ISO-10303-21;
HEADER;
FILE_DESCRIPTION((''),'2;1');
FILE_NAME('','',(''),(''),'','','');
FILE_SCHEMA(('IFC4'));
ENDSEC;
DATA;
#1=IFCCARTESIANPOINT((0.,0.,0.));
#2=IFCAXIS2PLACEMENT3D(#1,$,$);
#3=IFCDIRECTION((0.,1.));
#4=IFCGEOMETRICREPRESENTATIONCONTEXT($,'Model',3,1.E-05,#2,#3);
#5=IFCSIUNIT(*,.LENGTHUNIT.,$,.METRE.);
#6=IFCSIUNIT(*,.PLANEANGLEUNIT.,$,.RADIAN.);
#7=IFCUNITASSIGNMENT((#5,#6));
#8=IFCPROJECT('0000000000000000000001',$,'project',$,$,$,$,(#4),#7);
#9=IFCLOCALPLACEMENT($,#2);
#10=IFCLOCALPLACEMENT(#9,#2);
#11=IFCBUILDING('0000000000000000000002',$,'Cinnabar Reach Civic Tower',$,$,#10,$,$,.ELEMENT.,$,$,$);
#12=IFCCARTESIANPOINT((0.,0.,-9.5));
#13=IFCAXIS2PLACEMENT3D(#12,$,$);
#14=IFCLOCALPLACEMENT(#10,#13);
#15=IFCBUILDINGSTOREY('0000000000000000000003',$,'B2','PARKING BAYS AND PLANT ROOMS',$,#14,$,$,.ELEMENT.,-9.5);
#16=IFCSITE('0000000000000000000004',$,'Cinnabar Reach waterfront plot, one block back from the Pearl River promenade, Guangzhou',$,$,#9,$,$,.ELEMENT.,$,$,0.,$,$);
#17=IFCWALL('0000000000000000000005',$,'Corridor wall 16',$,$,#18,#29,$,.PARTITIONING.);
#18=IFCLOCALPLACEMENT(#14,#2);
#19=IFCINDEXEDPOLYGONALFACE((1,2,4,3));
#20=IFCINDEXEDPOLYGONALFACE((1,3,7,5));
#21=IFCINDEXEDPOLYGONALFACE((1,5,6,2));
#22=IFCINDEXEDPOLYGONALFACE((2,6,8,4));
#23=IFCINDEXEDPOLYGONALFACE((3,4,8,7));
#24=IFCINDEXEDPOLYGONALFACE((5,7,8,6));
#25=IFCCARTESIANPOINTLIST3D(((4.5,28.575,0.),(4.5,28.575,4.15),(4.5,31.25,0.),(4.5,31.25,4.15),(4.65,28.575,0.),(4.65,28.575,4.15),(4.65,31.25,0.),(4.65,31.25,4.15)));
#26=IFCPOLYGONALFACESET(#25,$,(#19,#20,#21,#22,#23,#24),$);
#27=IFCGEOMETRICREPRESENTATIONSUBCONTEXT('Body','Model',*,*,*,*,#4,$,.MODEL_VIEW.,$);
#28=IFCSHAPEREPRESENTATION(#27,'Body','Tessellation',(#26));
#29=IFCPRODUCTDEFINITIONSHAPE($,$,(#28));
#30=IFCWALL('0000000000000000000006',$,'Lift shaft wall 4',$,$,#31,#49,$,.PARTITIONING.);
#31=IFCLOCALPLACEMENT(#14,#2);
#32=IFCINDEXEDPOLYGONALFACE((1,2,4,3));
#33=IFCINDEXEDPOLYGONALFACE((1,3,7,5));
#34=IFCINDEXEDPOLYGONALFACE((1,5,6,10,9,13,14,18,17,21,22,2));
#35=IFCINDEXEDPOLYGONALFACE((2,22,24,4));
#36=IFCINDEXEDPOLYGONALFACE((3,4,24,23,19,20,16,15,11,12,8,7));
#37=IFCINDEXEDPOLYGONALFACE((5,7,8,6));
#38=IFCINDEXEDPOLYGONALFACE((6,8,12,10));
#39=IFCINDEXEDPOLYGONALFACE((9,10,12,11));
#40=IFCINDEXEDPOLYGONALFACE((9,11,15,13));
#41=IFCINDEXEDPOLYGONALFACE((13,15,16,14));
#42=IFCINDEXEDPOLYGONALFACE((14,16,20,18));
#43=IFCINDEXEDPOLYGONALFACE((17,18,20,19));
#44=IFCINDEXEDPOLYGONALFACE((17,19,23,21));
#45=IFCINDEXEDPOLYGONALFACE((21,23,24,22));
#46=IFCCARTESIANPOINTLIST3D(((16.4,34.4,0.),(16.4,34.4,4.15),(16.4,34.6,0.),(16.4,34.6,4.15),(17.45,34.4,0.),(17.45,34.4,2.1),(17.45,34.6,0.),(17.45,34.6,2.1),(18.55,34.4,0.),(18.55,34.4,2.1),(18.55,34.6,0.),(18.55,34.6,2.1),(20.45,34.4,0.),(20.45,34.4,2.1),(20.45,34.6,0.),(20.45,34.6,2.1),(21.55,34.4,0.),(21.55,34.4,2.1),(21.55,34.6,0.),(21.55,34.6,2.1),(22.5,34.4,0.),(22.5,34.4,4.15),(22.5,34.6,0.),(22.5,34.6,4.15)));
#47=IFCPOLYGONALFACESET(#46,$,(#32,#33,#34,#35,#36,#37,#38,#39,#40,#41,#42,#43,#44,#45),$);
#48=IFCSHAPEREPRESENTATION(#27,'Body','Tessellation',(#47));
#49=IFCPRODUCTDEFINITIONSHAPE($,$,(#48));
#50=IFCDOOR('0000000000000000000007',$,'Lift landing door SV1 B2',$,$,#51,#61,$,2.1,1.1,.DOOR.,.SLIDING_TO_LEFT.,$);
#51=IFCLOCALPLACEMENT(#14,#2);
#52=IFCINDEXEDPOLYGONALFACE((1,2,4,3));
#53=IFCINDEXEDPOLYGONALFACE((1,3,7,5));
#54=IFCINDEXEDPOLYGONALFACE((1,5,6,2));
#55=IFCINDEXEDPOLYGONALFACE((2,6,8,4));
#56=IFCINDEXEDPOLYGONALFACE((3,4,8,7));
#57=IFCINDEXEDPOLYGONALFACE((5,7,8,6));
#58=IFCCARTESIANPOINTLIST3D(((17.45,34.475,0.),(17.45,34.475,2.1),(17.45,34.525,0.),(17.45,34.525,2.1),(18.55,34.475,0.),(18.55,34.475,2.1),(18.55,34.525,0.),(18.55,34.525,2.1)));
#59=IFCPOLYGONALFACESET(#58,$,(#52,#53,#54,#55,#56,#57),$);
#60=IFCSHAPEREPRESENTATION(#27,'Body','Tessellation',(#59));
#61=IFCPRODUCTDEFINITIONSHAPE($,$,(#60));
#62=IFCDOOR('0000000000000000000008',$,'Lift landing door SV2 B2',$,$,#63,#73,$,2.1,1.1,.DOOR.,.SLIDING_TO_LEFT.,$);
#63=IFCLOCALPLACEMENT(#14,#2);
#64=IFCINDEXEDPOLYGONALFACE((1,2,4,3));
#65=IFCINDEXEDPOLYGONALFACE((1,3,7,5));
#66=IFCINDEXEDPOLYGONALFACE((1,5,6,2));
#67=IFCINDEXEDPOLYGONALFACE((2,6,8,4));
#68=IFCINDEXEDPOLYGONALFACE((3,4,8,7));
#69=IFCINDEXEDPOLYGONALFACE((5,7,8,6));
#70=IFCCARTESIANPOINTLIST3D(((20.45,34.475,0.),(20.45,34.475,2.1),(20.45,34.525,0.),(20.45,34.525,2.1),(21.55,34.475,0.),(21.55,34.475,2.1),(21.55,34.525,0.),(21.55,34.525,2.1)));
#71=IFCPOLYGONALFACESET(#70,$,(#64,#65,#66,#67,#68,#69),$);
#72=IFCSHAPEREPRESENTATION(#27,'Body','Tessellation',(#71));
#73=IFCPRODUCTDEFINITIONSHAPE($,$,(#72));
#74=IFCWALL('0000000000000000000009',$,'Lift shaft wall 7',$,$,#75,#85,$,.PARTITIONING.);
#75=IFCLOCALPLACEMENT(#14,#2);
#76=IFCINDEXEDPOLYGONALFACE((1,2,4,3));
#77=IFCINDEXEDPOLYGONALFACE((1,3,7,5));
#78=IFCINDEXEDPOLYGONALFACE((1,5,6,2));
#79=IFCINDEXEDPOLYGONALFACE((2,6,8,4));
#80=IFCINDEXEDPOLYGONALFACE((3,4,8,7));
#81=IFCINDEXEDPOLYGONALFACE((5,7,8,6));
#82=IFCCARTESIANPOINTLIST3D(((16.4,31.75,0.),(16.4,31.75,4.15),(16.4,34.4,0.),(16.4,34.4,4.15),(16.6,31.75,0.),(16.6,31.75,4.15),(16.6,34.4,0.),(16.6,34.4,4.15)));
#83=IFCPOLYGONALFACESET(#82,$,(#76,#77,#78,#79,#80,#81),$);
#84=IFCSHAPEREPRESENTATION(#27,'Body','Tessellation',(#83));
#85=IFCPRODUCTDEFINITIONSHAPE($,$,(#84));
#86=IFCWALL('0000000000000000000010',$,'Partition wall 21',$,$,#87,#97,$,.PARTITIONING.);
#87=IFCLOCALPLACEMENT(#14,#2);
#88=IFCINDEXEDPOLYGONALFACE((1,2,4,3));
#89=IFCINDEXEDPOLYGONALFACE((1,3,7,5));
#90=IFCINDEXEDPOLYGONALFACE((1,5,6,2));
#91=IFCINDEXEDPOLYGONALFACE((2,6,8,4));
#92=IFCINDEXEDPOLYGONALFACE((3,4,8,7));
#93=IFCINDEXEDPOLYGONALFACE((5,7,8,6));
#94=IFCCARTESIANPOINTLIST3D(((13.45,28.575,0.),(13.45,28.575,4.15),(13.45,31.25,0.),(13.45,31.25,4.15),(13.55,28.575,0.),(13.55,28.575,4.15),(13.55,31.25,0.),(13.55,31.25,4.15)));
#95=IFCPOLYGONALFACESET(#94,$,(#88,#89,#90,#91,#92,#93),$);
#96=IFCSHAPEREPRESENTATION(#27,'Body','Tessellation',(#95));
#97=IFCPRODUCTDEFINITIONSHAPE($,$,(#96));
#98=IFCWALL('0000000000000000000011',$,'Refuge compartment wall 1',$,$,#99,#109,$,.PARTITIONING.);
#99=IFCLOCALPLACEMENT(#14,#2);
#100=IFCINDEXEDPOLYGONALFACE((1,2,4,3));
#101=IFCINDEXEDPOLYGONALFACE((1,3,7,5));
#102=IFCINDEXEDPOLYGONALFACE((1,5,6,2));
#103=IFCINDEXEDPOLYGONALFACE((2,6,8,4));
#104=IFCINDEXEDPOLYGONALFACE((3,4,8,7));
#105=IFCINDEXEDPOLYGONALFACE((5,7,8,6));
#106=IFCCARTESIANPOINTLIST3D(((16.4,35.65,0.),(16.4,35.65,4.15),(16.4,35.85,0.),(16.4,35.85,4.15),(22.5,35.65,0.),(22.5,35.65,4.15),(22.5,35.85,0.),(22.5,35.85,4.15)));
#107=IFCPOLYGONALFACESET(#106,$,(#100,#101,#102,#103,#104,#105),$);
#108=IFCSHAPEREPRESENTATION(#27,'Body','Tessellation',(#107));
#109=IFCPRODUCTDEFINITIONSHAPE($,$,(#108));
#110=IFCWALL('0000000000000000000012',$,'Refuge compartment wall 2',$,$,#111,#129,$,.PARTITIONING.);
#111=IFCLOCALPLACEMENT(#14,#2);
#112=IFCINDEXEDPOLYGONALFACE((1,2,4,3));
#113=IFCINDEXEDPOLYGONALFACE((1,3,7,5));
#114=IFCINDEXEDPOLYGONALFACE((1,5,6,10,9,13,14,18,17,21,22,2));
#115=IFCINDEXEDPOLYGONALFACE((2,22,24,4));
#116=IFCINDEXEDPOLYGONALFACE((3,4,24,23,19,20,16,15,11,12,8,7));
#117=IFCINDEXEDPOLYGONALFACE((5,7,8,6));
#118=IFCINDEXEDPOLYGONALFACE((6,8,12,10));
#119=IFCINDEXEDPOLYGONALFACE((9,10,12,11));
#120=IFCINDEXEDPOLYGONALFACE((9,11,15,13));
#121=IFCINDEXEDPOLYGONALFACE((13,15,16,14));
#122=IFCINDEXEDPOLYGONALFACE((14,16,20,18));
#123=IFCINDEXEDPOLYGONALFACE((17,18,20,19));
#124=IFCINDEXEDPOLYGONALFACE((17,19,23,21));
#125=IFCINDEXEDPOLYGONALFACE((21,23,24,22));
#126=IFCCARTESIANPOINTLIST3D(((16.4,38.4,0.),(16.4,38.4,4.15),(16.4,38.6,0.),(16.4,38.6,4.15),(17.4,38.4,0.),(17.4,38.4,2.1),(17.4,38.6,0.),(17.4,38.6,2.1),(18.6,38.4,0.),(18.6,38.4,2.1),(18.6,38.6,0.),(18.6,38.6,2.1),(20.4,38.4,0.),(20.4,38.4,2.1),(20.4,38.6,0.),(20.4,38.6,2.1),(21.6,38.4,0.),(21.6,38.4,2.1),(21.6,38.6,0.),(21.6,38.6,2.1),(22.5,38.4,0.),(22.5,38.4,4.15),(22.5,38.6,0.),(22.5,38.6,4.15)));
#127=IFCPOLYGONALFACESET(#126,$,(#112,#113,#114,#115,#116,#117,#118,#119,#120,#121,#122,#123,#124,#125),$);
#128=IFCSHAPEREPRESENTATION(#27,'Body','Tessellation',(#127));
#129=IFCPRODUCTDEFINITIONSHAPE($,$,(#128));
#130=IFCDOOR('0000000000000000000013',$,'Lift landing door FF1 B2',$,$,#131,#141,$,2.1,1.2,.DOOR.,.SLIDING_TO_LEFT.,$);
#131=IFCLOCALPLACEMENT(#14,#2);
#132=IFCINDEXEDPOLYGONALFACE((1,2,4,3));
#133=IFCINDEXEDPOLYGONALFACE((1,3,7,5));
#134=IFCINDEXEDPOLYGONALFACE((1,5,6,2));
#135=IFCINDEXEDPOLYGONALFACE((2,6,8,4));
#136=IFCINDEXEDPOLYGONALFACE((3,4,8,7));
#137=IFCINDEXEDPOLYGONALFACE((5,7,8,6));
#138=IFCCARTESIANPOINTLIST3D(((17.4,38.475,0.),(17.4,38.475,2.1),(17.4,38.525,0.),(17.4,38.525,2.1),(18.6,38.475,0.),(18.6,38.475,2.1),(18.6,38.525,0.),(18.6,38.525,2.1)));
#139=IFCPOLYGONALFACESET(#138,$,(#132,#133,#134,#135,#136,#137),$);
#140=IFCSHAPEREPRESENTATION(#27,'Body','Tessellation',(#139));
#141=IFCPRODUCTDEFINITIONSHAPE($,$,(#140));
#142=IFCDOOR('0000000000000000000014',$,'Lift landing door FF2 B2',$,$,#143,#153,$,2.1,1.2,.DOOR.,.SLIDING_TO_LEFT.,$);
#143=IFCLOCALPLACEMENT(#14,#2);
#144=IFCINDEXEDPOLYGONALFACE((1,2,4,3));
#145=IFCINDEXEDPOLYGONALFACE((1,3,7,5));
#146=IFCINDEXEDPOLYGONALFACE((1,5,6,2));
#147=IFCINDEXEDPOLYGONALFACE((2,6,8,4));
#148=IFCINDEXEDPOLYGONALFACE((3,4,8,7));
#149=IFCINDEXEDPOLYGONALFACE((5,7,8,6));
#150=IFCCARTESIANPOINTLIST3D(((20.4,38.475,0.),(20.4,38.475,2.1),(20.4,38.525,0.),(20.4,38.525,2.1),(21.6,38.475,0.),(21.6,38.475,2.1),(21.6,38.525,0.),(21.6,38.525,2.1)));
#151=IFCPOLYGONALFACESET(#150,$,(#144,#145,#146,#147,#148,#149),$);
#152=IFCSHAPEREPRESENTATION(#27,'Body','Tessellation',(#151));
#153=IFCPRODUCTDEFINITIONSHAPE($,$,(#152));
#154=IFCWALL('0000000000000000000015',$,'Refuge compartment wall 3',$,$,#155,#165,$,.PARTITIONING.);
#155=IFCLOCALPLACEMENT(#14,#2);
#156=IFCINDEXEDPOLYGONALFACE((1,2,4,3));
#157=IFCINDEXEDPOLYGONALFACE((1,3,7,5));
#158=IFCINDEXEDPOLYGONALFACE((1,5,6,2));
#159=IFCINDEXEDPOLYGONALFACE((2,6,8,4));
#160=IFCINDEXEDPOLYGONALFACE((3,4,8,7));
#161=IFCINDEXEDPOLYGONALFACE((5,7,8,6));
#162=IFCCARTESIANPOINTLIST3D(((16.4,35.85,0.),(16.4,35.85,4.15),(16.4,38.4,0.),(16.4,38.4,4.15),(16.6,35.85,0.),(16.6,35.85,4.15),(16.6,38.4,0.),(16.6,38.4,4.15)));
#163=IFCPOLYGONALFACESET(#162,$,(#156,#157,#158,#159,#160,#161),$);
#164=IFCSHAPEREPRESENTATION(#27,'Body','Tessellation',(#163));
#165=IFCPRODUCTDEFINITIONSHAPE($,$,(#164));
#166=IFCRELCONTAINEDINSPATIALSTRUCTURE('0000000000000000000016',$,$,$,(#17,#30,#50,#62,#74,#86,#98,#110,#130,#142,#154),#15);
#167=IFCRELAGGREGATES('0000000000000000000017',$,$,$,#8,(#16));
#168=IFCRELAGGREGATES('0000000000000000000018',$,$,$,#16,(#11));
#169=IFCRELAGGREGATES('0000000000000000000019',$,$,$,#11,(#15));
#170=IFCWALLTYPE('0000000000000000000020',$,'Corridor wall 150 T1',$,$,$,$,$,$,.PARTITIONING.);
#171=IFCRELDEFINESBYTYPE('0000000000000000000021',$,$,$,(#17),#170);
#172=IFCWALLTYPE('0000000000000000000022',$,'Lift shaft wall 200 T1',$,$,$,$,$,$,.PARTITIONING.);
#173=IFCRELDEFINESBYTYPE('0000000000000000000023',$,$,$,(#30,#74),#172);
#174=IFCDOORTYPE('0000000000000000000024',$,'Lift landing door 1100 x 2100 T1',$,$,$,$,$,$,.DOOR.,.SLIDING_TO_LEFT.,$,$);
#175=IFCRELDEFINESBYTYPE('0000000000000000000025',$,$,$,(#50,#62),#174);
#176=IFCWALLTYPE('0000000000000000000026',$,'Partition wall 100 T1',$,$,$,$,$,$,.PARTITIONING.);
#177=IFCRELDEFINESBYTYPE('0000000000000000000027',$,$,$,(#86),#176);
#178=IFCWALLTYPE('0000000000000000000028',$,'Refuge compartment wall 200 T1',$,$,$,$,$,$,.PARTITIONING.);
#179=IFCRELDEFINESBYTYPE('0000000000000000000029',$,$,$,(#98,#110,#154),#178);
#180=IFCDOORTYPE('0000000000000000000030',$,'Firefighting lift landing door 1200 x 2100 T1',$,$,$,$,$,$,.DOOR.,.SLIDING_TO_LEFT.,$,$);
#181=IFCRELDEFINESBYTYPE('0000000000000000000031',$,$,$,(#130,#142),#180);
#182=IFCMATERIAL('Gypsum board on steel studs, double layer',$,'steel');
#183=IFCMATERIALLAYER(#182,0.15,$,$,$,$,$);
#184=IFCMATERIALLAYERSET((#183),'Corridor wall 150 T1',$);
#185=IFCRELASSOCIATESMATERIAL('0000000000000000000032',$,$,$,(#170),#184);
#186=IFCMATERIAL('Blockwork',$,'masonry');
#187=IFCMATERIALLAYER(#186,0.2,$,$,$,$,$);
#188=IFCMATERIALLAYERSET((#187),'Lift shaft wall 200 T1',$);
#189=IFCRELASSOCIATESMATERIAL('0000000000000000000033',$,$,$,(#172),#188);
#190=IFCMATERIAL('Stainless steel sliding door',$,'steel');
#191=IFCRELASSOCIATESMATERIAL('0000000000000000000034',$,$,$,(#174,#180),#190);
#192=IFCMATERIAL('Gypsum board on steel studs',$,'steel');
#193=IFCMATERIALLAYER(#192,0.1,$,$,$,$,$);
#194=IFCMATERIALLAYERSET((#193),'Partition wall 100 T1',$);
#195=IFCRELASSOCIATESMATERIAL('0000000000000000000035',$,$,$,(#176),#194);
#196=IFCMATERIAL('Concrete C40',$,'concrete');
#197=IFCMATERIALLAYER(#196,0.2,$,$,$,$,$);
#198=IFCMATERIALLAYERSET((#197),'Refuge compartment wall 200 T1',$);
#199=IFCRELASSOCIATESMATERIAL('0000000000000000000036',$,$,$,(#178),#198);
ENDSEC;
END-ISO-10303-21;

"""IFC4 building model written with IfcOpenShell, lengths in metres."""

from ifc_helpers import new_model, si_unit, direction, frame, frame_2d, origin, place, context, subcontext, project, spatial, rectangle, extrude, material, layer, layer_set, type_object, element, fill, save


model = new_model("IFC4")

# Units and contexts
model_context = context("Model", 3, precision=1e-05, world=origin(), true_north=direction((0.0, 1.0)))
body_context = subcontext(model_context, "Body", "Model", "MODEL_VIEW")
ifc_project = project(units=[si_unit("LENGTHUNIT", "METRE"), si_unit("PLANEANGLEUNIT", "RADIAN")], contexts=[model_context])

# Site, building, storey
site_placement = place(None, origin())
site = spatial("IfcSite", under=ifc_project, at=site_placement, Name="Cinnabar Reach waterfront plot, one block back from the Pearl River promenade, Guangzhou", CompositionType="ELEMENT", RefElevation=0.0)
building_placement = place(site_placement, origin())
building = spatial("IfcBuilding", under=site, at=building_placement, Name="Cinnabar Reach Civic Tower", CompositionType="ELEMENT")
storey_placement = place(building_placement, frame((0.0, 0.0, -9.5)))
storey = spatial("IfcBuildingStorey", under=building, at=storey_placement, Name="B2", Description="PARKING BAYS AND PLANT ROOMS", CompositionType="ELEMENT", Elevation=-9.5)

# Shared definitions
ifc_material_1 = material(Name="Gypsum board on steel studs, double layer", Category="steel")
ifc_layer_1 = layer(ifc_material_1, 0.15)
ifc_layer_set_1 = layer_set([ifc_layer_1], Name="Corridor wall 150 T1")
wall_type_1 = type_object("IfcWallType", Name="Corridor wall 150 T1", PredefinedType="PARTITIONING", material=ifc_layer_set_1)

# Wall
wall_1_placement = place(storey_placement, frame((4.575, 28.575, 0.0), z_axis=(0.0, 0.0, 1.0), x_axis=(0.0, 1.0, 0.0)))
element("IfcWall", 1, at=wall_1_placement, inside=storey, type_object=wall_type_1, Name="Corridor wall 16", PredefinedType="PARTITIONING", context=body_context, shape_type="SweptSolid", body=[
    extrude(rectangle(XDim=2.675, YDim=0.15, at=frame_2d((1.3375, 0.0))), origin(), (0.0, 0.0, 1.0), 4.15),
])

# Wall, openings, doors
ifc_material_2 = material(Name="Blockwork", Category="masonry")
ifc_layer_2 = layer(ifc_material_2, 0.2)
ifc_layer_set_2 = layer_set([ifc_layer_2], Name="Lift shaft wall 200 T1")
wall_type_2 = type_object("IfcWallType", Name="Lift shaft wall 200 T1", PredefinedType="PARTITIONING", material=ifc_layer_set_2)
wall_2_placement = place(storey_placement, frame((16.4, 34.5, 0.0), z_axis=(0.0, 0.0, 1.0), x_axis=(1.0, 0.0, 0.0)))
wall_2 = element("IfcWall", 2, at=wall_2_placement, inside=storey, type_object=wall_type_2, Name="Lift shaft wall 4", PredefinedType="PARTITIONING", context=body_context, shape_type="SweptSolid", body=[
    extrude(rectangle(XDim=6.1, YDim=0.2, at=frame_2d((3.05, 0.0))), origin(), (0.0, 0.0, 1.0), 4.15),
])
opening_1_placement = place(wall_2_placement, frame((1.05, 0.0, 0.0)))
opening_1 = element("IfcOpeningElement", 3, at=opening_1_placement, cuts=wall_2, PredefinedType="OPENING", context=body_context, shape_type="SweptSolid", body=[
    extrude(rectangle(XDim=1.1, YDim=2.1, at=frame_2d((0.55, 1.05))), frame((0.0, 0.11, 0.0), z_axis=(0.0, -1.0, 0.0), x_axis=(1.0, 0.0, 0.0)), (0.0, 0.0, 1.0), 0.22),
])
opening_2_placement = place(wall_2_placement, frame((4.05, 0.0, 0.0)))
opening_2 = element("IfcOpeningElement", 4, at=opening_2_placement, cuts=wall_2, PredefinedType="OPENING", context=body_context, shape_type="SweptSolid", body=[
    extrude(rectangle(XDim=1.1, YDim=2.1, at=frame_2d((0.55, 1.05))), frame((0.0, 0.11, 0.0), z_axis=(0.0, -1.0, 0.0), x_axis=(1.0, 0.0, 0.0)), (0.0, 0.0, 1.0), 0.22),
])
ifc_material_3 = material(Name="Stainless steel sliding door", Category="steel")
door_type_1 = type_object("IfcDoorType", Name="Lift landing door 1100 x 2100 T1", OperationType="SLIDING_TO_LEFT", PredefinedType="DOOR", material=ifc_material_3)
door_1_placement = place(opening_1_placement, origin())
door_1 = element("IfcDoor", 5, at=door_1_placement, inside=storey, type_object=door_type_1, Name="Lift landing door SV1 B2", OperationType="SLIDING_TO_LEFT", OverallHeight=2.1, OverallWidth=1.1, PredefinedType="DOOR", context=body_context, shape_type="SweptSolid", body=[
    extrude(rectangle(XDim=1.1, YDim=2.1, at=frame_2d((0.55, 1.05))), frame((0.0, 0.025, 0.0), z_axis=(0.0, -1.0, 0.0), x_axis=(1.0, 0.0, 0.0)), (0.0, 0.0, 1.0), 0.05),
])
fill(opening_1, door_1)
door_2_placement = place(opening_2_placement, origin())
door_2 = element("IfcDoor", 6, at=door_2_placement, inside=storey, type_object=door_type_1, Name="Lift landing door SV2 B2", OperationType="SLIDING_TO_LEFT", OverallHeight=2.1, OverallWidth=1.1, PredefinedType="DOOR", context=body_context, shape_type="SweptSolid", body=[
    extrude(rectangle(XDim=1.1, YDim=2.1, at=frame_2d((0.55, 1.05))), frame((0.0, 0.025, 0.0), z_axis=(0.0, -1.0, 0.0), x_axis=(1.0, 0.0, 0.0)), (0.0, 0.0, 1.0), 0.05),
])
fill(opening_2, door_2)

# Walls
wall_3_placement = place(storey_placement, frame((16.5, 31.75, 0.0), z_axis=(0.0, 0.0, 1.0), x_axis=(0.0, 1.0, 0.0)))
element("IfcWall", 7, at=wall_3_placement, inside=storey, type_object=wall_type_2, Name="Lift shaft wall 7", PredefinedType="PARTITIONING", context=body_context, shape_type="SweptSolid", body=[
    extrude(rectangle(XDim=2.65, YDim=0.2, at=frame_2d((1.325, 0.0))), origin(), (0.0, 0.0, 1.0), 4.15),
])
ifc_material_4 = material(Name="Gypsum board on steel studs", Category="steel")
ifc_layer_3 = layer(ifc_material_4, 0.1)
ifc_layer_set_3 = layer_set([ifc_layer_3], Name="Partition wall 100 T1")
wall_type_3 = type_object("IfcWallType", Name="Partition wall 100 T1", PredefinedType="PARTITIONING", material=ifc_layer_set_3)
wall_4_placement = place(storey_placement, frame((13.5, 28.575, 0.0), z_axis=(0.0, 0.0, 1.0), x_axis=(0.0, 1.0, 0.0)))
element("IfcWall", 8, at=wall_4_placement, inside=storey, type_object=wall_type_3, Name="Partition wall 21", PredefinedType="PARTITIONING", context=body_context, shape_type="SweptSolid", body=[
    extrude(rectangle(XDim=2.675, YDim=0.1, at=frame_2d((1.3375, 0.0))), origin(), (0.0, 0.0, 1.0), 4.15),
])
ifc_material_5 = material(Name="Concrete C40", Category="concrete")
ifc_layer_4 = layer(ifc_material_5, 0.2)
ifc_layer_set_4 = layer_set([ifc_layer_4], Name="Refuge compartment wall 200 T1")
wall_type_4 = type_object("IfcWallType", Name="Refuge compartment wall 200 T1", PredefinedType="PARTITIONING", material=ifc_layer_set_4)
wall_5_placement = place(storey_placement, frame((16.4, 35.75, 0.0), z_axis=(0.0, 0.0, 1.0), x_axis=(1.0, 0.0, 0.0)))
element("IfcWall", 9, at=wall_5_placement, inside=storey, type_object=wall_type_4, Name="Refuge compartment wall 1", PredefinedType="PARTITIONING", context=body_context, shape_type="SweptSolid", body=[
    extrude(rectangle(XDim=6.1, YDim=0.2, at=frame_2d((3.05, 0.0))), origin(), (0.0, 0.0, 1.0), 4.15),
])

# Wall, openings, doors
wall_6_placement = place(storey_placement, frame((16.4, 38.5, 0.0), z_axis=(0.0, 0.0, 1.0), x_axis=(1.0, 0.0, 0.0)))
wall_6 = element("IfcWall", 10, at=wall_6_placement, inside=storey, type_object=wall_type_4, Name="Refuge compartment wall 2", PredefinedType="PARTITIONING", context=body_context, shape_type="SweptSolid", body=[
    extrude(rectangle(XDim=6.1, YDim=0.2, at=frame_2d((3.05, 0.0))), origin(), (0.0, 0.0, 1.0), 4.15),
])
opening_3_placement = place(wall_6_placement, frame((1.0, 0.0, 0.0)))
opening_3 = element("IfcOpeningElement", 11, at=opening_3_placement, cuts=wall_6, PredefinedType="OPENING", context=body_context, shape_type="SweptSolid", body=[
    extrude(rectangle(XDim=1.2, YDim=2.1, at=frame_2d((0.6, 1.05))), frame((0.0, 0.11, 0.0), z_axis=(0.0, -1.0, 0.0), x_axis=(1.0, 0.0, 0.0)), (0.0, 0.0, 1.0), 0.22),
])
opening_4_placement = place(wall_6_placement, frame((4.0, 0.0, 0.0)))
opening_4 = element("IfcOpeningElement", 12, at=opening_4_placement, cuts=wall_6, PredefinedType="OPENING", context=body_context, shape_type="SweptSolid", body=[
    extrude(rectangle(XDim=1.2, YDim=2.1, at=frame_2d((0.6, 1.05))), frame((0.0, 0.11, 0.0), z_axis=(0.0, -1.0, 0.0), x_axis=(1.0, 0.0, 0.0)), (0.0, 0.0, 1.0), 0.22),
])
door_type_2 = type_object("IfcDoorType", Name="Firefighting lift landing door 1200 x 2100 T1", OperationType="SLIDING_TO_LEFT", PredefinedType="DOOR", material=ifc_material_3)
door_3_placement = place(opening_3_placement, origin())
door_3 = element("IfcDoor", 13, at=door_3_placement, inside=storey, type_object=door_type_2, Name="Lift landing door FF1 B2", OperationType="SLIDING_TO_LEFT", OverallHeight=2.1, OverallWidth=1.2, PredefinedType="DOOR", context=body_context, shape_type="SweptSolid", body=[
    extrude(rectangle(XDim=1.2, YDim=2.1, at=frame_2d((0.6, 1.05))), frame((0.0, 0.025, 0.0), z_axis=(0.0, -1.0, 0.0), x_axis=(1.0, 0.0, 0.0)), (0.0, 0.0, 1.0), 0.05),
])
fill(opening_3, door_3)
door_4_placement = place(opening_4_placement, origin())
door_4 = element("IfcDoor", 14, at=door_4_placement, inside=storey, type_object=door_type_2, Name="Lift landing door FF2 B2", OperationType="SLIDING_TO_LEFT", OverallHeight=2.1, OverallWidth=1.2, PredefinedType="DOOR", context=body_context, shape_type="SweptSolid", body=[
    extrude(rectangle(XDim=1.2, YDim=2.1, at=frame_2d((0.6, 1.05))), frame((0.0, 0.025, 0.0), z_axis=(0.0, -1.0, 0.0), x_axis=(1.0, 0.0, 0.0)), (0.0, 0.0, 1.0), 0.05),
])
fill(opening_4, door_4)

# Wall
wall_7_placement = place(storey_placement, frame((16.5, 35.85, 0.0), z_axis=(0.0, 0.0, 1.0), x_axis=(0.0, 1.0, 0.0)))
element("IfcWall", 15, at=wall_7_placement, inside=storey, type_object=wall_type_4, Name="Refuge compartment wall 3", PredefinedType="PARTITIONING", context=body_context, shape_type="SweptSolid", body=[
    extrude(rectangle(XDim=2.55, YDim=0.2, at=frame_2d((1.275, 0.0))), origin(), (0.0, 0.0, 1.0), 4.15),
])

save(model, "model.ifc")
